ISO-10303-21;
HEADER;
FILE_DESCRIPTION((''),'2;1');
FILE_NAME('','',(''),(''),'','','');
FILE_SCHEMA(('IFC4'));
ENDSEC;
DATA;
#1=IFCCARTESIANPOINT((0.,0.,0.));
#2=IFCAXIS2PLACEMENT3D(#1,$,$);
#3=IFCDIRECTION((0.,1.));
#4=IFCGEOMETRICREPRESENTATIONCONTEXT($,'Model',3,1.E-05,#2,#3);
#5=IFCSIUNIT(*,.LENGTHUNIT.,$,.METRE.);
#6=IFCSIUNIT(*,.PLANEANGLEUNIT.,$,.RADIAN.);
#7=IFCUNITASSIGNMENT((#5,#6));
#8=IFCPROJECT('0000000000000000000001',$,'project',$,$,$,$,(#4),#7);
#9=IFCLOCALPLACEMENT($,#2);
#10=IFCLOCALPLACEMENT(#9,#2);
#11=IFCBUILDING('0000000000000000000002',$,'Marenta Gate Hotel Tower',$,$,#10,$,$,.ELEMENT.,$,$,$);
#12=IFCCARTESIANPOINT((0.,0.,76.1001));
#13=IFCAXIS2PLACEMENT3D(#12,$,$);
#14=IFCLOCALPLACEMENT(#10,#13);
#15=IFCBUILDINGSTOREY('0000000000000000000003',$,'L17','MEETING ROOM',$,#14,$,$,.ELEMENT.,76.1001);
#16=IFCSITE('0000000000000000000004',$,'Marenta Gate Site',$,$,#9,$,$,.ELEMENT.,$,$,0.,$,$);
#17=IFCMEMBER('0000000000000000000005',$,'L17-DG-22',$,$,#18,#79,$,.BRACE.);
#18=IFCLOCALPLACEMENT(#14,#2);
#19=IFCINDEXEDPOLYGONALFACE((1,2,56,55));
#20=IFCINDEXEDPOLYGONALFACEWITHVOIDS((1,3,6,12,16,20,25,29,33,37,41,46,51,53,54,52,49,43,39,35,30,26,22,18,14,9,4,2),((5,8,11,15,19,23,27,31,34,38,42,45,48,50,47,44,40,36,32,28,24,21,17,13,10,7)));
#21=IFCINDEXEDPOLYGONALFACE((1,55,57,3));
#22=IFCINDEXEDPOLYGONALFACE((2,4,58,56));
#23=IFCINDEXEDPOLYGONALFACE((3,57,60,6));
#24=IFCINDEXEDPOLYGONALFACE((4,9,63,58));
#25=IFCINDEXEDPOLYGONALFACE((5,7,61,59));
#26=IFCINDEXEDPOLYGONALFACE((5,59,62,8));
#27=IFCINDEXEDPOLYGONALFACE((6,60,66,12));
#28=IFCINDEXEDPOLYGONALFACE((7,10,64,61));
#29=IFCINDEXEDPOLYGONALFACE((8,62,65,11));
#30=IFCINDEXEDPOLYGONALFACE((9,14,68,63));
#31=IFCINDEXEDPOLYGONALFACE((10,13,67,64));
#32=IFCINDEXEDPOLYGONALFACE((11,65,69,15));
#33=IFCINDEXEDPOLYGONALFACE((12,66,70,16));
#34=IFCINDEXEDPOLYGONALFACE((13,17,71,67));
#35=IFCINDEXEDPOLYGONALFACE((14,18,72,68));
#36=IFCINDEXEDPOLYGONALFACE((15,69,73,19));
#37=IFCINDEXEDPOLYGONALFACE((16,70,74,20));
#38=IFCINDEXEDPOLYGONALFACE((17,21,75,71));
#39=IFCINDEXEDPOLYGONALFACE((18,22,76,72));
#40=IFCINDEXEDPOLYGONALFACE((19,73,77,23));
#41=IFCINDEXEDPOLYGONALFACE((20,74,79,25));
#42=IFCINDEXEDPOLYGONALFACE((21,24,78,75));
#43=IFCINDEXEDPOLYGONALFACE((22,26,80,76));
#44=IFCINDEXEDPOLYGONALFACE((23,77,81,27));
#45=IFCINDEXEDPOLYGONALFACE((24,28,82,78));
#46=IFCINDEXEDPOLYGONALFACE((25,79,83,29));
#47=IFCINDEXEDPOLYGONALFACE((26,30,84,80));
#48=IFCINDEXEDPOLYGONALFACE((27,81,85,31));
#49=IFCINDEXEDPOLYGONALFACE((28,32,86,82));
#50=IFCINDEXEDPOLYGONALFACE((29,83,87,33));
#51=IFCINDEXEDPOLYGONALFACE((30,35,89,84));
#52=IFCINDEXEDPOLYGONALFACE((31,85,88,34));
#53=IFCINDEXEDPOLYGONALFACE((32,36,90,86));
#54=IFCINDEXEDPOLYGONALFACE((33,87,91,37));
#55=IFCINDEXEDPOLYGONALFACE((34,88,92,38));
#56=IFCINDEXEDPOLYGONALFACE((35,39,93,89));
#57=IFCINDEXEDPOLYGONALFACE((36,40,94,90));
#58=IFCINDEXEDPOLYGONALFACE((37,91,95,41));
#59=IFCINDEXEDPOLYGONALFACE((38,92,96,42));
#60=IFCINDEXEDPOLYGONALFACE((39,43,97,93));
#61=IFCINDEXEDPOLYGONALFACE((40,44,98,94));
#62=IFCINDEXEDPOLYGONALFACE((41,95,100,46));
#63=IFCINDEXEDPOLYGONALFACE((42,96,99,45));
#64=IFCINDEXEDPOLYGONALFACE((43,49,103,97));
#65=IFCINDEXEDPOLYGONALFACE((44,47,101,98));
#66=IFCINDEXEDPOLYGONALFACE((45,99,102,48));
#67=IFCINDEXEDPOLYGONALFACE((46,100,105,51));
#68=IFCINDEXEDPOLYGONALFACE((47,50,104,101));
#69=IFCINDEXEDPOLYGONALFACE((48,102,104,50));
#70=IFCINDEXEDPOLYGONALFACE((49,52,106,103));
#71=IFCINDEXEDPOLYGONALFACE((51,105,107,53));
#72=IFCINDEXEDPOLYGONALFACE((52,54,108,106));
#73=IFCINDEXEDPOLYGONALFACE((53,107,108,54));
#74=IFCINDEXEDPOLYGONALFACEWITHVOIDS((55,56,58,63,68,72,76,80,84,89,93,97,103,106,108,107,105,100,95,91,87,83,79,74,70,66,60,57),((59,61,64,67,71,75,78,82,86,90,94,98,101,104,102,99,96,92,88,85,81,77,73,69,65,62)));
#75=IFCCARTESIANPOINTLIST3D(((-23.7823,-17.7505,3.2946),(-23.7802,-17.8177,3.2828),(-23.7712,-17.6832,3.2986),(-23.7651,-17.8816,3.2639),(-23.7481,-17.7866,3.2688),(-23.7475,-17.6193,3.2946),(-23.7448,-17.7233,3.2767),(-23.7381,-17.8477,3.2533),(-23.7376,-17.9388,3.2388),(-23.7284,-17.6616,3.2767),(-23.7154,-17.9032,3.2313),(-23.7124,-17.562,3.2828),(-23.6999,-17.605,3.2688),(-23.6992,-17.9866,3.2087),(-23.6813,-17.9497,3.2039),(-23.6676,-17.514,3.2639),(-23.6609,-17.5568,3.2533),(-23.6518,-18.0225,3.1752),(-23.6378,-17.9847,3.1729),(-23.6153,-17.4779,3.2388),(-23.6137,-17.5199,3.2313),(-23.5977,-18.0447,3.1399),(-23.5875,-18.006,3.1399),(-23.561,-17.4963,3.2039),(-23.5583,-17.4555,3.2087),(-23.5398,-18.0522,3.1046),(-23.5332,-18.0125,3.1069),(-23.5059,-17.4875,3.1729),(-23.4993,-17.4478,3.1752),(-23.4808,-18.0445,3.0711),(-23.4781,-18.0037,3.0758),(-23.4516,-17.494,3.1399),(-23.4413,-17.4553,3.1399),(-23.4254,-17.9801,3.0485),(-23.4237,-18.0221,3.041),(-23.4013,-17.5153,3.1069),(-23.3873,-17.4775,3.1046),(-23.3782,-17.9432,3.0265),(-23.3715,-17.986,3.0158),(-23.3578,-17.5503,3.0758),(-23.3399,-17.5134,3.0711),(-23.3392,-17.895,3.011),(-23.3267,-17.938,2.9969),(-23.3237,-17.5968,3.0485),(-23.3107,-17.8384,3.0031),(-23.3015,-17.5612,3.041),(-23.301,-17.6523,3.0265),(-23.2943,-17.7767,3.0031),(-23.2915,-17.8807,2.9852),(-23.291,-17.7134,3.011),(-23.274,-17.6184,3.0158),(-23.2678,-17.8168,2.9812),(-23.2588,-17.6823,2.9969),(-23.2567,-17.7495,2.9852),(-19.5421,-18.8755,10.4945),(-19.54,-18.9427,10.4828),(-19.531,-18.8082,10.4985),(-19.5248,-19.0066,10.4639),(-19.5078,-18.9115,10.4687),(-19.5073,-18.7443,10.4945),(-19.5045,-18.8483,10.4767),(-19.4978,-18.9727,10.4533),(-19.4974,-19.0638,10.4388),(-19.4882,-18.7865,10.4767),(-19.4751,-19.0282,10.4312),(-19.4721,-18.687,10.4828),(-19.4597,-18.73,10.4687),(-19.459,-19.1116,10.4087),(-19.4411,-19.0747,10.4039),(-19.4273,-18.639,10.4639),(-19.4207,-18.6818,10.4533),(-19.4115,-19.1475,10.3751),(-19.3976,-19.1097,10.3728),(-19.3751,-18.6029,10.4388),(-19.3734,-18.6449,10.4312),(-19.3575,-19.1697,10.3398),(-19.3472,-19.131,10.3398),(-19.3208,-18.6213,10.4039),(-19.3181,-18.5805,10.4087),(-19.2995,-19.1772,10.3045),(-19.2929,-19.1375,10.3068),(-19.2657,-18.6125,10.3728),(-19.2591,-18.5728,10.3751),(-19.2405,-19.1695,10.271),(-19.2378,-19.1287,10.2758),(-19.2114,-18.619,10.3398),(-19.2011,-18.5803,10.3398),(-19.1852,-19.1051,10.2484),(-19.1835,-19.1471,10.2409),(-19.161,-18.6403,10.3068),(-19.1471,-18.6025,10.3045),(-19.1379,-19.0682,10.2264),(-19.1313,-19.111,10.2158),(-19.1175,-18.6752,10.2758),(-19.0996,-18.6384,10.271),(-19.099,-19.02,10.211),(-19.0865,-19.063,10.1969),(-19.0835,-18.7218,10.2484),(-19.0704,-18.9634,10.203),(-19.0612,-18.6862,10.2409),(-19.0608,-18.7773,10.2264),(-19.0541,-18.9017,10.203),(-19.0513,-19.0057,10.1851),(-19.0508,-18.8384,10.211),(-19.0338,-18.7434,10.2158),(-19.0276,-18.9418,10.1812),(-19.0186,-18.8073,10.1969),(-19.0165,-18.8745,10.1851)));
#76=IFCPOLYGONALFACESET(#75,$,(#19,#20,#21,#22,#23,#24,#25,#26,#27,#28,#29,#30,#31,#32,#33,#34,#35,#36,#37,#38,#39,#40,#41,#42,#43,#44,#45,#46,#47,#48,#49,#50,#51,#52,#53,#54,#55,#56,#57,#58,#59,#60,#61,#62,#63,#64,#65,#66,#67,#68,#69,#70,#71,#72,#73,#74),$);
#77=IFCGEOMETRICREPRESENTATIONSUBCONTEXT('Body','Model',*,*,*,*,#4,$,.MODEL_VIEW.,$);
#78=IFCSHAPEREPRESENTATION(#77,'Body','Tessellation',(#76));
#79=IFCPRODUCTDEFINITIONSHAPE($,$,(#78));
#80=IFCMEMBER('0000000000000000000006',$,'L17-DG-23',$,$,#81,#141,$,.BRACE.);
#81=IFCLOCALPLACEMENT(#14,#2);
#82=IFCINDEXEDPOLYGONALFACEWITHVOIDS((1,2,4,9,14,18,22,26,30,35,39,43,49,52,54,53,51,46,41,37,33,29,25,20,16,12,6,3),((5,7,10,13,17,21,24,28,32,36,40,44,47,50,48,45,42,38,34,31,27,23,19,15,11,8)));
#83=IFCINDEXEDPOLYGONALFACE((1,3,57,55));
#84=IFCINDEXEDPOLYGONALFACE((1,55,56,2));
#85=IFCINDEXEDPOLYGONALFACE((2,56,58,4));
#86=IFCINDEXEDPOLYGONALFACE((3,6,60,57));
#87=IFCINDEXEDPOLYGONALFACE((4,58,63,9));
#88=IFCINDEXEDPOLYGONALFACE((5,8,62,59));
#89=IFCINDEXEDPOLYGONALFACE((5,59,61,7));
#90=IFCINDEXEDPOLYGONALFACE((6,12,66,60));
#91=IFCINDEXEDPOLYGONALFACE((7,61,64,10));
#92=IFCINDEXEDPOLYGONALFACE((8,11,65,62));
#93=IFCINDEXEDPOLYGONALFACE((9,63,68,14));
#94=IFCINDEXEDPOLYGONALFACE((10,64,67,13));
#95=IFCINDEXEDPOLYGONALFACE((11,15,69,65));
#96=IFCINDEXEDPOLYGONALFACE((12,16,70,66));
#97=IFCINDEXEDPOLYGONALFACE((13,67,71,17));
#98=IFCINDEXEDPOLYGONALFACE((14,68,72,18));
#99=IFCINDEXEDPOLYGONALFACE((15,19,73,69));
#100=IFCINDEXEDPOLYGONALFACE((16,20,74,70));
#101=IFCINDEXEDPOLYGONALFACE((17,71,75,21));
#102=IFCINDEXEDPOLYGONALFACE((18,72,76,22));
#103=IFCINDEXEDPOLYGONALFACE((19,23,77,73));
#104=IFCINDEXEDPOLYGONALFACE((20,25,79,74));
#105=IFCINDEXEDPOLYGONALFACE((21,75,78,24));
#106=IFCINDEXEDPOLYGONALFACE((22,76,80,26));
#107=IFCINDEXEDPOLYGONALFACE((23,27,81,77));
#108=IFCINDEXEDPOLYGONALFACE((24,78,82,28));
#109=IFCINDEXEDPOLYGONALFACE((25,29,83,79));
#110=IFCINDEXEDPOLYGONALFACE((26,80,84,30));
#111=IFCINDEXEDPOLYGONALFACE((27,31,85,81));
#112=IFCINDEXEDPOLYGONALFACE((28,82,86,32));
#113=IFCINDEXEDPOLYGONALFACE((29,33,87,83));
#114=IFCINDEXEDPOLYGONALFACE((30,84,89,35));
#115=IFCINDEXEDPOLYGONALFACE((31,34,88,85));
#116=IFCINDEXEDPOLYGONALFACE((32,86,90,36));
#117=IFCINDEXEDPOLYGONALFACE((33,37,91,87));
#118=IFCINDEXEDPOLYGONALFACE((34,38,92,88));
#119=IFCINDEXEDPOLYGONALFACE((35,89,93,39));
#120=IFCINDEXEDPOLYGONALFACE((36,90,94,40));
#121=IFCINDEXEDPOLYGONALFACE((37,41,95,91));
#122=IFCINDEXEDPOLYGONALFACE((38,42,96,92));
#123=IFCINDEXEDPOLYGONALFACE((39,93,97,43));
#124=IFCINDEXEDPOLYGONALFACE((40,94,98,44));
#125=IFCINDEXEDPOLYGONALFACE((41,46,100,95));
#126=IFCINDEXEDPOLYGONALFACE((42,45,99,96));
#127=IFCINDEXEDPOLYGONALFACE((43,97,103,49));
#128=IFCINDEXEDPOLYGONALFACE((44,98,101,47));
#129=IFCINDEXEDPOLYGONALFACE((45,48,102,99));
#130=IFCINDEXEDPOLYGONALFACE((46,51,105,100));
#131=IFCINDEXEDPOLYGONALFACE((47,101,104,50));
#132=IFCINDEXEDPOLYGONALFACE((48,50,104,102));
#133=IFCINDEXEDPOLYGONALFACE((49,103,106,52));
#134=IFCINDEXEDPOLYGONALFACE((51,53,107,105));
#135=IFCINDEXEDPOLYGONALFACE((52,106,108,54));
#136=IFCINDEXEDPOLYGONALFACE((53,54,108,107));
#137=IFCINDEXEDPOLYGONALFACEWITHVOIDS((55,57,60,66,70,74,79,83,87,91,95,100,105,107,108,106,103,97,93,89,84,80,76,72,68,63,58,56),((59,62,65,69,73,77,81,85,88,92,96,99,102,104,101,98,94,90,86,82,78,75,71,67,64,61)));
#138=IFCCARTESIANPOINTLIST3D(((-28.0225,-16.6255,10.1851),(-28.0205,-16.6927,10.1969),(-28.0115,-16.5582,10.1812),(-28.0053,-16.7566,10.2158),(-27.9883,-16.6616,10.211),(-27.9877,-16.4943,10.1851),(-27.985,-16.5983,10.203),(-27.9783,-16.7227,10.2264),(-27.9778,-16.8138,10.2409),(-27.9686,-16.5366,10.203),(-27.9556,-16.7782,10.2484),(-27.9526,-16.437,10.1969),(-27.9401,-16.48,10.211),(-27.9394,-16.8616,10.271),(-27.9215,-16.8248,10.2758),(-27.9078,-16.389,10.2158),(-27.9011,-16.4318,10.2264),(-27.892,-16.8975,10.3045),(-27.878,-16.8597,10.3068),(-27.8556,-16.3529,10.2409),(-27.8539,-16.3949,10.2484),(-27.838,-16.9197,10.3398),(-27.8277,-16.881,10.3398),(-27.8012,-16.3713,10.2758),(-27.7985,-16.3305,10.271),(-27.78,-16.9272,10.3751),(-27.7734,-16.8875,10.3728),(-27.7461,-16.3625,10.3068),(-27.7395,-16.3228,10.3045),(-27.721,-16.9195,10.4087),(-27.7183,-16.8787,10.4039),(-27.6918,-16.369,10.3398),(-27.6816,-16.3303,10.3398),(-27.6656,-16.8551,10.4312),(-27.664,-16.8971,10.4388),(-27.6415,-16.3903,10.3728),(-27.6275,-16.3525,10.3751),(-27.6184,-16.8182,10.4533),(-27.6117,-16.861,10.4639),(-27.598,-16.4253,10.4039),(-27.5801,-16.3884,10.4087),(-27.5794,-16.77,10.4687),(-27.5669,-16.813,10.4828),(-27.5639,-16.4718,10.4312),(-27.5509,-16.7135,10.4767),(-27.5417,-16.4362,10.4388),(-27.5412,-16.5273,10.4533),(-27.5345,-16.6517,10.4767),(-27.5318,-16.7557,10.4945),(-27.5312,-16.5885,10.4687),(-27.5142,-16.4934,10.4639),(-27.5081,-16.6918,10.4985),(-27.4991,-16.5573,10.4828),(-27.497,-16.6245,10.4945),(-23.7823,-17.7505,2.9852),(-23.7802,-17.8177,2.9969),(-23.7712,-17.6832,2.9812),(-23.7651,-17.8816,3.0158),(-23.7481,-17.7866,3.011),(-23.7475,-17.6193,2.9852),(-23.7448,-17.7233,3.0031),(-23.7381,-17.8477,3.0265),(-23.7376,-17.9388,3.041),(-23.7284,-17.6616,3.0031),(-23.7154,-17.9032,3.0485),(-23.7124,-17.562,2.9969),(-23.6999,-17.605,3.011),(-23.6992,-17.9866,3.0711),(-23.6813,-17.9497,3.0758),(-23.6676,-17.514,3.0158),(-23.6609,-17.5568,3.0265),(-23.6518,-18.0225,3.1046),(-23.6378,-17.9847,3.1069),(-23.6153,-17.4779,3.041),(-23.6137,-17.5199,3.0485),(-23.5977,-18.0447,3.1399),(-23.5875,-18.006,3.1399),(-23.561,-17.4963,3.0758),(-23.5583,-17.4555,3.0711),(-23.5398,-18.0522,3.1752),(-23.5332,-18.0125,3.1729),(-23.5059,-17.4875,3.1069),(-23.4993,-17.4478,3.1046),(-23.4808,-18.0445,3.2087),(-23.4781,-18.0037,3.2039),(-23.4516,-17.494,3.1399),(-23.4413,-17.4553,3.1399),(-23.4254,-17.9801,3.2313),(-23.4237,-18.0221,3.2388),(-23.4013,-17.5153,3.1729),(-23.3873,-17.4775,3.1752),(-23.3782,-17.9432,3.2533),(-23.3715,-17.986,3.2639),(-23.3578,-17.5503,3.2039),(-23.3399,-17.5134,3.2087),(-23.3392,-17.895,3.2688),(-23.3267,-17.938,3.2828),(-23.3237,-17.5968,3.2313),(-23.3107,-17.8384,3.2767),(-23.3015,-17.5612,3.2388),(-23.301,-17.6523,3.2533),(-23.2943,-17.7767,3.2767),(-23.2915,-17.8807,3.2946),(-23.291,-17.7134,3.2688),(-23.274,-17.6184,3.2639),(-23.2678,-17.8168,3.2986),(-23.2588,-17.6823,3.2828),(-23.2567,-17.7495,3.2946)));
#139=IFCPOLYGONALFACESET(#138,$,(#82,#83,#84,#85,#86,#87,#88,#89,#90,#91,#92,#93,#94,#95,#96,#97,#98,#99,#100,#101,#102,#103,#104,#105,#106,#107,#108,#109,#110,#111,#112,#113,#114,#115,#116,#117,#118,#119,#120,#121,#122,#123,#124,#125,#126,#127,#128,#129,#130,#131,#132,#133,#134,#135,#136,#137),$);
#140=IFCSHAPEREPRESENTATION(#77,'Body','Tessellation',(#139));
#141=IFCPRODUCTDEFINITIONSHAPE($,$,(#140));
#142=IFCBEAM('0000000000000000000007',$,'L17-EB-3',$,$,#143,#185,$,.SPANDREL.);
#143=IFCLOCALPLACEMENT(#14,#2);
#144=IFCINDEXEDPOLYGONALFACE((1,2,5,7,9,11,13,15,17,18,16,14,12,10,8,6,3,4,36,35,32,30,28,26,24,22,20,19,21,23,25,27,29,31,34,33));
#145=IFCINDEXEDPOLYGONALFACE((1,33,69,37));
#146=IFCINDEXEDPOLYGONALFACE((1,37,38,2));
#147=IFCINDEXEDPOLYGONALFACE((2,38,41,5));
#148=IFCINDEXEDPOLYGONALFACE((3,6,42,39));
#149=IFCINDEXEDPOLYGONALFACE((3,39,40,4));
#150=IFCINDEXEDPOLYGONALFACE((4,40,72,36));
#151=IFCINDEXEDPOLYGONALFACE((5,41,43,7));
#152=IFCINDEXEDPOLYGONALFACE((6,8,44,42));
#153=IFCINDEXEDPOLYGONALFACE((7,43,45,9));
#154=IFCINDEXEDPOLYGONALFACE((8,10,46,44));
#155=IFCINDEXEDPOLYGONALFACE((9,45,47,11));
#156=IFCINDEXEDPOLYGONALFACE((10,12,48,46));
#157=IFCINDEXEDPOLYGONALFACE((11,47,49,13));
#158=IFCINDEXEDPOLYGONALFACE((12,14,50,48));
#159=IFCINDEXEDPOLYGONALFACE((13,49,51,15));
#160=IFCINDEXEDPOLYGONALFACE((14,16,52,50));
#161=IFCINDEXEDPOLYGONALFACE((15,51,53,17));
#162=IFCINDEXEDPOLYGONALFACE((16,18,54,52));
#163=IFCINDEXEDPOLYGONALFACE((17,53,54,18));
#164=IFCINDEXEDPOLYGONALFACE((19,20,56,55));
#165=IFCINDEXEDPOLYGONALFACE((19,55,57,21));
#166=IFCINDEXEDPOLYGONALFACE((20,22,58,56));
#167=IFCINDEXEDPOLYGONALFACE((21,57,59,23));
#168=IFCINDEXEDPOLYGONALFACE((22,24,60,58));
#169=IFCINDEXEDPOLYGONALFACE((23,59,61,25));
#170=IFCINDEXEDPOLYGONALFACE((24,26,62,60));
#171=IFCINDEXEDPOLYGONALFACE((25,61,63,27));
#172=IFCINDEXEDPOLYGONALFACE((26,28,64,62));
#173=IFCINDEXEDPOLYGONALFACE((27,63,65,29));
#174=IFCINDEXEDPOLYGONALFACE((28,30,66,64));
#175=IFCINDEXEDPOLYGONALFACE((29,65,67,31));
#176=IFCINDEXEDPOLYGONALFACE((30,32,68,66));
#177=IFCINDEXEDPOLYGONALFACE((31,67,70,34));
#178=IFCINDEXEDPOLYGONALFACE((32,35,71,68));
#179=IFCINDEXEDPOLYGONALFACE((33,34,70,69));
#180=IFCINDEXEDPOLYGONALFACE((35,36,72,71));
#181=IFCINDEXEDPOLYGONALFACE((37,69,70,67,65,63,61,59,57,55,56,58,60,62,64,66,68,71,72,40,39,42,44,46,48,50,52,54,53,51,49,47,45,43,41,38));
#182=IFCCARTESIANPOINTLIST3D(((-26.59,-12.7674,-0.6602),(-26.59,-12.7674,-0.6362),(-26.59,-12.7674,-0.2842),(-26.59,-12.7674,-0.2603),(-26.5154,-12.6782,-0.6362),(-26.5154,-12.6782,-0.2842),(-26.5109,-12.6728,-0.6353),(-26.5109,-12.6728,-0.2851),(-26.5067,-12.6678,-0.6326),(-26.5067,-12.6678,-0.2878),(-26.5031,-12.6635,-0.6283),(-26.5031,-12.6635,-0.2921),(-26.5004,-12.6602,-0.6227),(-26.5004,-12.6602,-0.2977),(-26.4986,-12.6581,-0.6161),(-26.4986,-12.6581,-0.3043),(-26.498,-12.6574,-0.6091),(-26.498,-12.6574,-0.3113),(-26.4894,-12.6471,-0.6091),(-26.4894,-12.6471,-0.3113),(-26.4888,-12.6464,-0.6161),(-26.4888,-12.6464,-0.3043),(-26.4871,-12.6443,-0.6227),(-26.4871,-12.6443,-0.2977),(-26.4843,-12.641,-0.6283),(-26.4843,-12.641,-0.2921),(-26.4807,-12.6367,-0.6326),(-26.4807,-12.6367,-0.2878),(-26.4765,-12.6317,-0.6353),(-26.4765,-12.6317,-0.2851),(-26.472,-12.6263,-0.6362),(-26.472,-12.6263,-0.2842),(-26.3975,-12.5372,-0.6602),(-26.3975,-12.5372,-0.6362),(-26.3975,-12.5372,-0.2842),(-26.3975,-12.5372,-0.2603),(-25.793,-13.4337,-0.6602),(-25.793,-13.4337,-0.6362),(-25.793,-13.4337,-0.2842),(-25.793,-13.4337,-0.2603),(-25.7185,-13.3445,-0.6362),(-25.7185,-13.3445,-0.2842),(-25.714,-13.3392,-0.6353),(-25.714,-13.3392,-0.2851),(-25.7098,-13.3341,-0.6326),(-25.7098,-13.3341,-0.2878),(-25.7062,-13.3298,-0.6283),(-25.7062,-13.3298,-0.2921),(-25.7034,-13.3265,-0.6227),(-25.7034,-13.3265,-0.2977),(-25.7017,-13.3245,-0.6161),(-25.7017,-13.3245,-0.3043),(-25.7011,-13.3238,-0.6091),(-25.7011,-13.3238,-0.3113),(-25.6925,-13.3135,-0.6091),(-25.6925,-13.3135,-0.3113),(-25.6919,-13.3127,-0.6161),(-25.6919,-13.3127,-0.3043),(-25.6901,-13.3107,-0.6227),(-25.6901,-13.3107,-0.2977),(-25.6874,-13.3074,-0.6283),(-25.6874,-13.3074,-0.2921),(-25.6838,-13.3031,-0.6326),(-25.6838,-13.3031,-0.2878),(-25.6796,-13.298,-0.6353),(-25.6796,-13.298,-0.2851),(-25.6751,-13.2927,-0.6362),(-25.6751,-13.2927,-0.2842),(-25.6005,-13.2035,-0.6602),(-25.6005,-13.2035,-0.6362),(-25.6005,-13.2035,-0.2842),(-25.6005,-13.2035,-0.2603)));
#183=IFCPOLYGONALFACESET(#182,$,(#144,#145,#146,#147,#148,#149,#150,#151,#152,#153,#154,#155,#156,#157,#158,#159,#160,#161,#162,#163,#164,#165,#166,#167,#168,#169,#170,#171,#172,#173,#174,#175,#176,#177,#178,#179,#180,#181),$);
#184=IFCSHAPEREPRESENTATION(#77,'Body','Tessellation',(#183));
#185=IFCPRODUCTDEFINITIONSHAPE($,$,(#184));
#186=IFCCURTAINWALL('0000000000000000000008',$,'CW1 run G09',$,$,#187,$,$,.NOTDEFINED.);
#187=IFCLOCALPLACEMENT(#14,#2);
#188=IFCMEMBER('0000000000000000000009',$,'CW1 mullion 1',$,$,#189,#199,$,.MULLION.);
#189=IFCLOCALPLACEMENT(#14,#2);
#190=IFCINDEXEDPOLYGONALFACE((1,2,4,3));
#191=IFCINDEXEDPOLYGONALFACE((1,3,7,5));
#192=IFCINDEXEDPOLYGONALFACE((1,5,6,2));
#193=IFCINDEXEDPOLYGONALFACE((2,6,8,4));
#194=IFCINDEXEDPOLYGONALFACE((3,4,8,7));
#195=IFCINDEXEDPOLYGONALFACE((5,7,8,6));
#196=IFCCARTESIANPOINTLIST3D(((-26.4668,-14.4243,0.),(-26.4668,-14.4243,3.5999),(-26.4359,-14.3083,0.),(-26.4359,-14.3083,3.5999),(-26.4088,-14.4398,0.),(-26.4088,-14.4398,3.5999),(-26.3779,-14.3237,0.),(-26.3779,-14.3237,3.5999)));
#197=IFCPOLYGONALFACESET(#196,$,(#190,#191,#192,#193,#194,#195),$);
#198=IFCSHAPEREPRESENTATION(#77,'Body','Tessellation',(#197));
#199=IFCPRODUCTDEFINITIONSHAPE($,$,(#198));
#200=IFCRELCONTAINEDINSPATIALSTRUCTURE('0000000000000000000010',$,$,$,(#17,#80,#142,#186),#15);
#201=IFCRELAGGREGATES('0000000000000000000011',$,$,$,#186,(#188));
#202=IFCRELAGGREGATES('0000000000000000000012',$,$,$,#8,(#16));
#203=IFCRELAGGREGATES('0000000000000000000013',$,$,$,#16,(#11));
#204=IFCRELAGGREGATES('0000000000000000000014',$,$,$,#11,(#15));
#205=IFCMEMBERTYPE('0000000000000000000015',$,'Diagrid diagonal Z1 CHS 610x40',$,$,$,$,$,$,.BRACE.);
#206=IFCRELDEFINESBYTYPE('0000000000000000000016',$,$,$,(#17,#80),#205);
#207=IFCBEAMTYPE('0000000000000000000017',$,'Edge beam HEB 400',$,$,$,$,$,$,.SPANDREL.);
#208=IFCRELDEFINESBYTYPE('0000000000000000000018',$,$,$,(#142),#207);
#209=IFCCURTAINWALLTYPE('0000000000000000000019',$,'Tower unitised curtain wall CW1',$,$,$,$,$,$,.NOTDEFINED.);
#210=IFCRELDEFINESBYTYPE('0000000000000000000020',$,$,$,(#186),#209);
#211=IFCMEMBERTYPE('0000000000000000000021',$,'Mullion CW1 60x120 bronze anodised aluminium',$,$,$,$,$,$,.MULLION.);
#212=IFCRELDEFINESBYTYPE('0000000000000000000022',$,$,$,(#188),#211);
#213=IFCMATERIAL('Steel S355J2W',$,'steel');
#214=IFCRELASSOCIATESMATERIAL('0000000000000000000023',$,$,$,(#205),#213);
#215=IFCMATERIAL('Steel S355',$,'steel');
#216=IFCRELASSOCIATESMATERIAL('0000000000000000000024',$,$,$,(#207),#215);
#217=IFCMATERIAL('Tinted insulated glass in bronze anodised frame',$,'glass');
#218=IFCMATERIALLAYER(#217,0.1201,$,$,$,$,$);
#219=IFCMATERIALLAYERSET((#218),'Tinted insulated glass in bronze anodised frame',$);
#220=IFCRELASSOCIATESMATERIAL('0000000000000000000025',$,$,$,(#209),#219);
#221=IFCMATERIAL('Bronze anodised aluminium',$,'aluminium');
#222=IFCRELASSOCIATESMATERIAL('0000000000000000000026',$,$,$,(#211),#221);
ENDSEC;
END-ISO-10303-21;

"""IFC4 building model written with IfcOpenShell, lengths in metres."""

from ifc_helpers import new_model, si_unit, direction, frame, origin, origin_2d, place, context, subcontext, project, spatial, rectangle, hollow_circle, i_section, extrude, material, layer, layer_set, material_profile, profile_set, type_object, element, aggregate, save


model = new_model("IFC4")

# Units and contexts
model_context = context("Model", 3, precision=1e-05, world=origin(), true_north=direction((0.0, 1.0)))
body_context = subcontext(model_context, "Body", "Model", "MODEL_VIEW")
ifc_project = project(units=[si_unit("LENGTHUNIT", "METRE"), si_unit("PLANEANGLEUNIT", "RADIAN")], contexts=[model_context])

# Site, building, storey
site_placement = place(None, origin())
site = spatial("IfcSite", under=ifc_project, at=site_placement, Name="Marenta Gate Site", CompositionType="ELEMENT", RefElevation=0.0)
building_placement = place(site_placement, origin())
building = spatial("IfcBuilding", under=site, at=building_placement, Name="Marenta Gate Hotel Tower", CompositionType="ELEMENT")
storey_placement = place(building_placement, frame((0.0, 0.0, 76.1001)))
storey = spatial("IfcBuildingStorey", under=building, at=storey_placement, Name="L17", Description="MEETING ROOM", CompositionType="ELEMENT", Elevation=76.1001)

# Members
ifc_material_1 = material(Name="Steel S355J2W", Category="steel")
ifc_material_profile_1 = material_profile(ifc_material_1, hollow_circle(Radius=0.3049, WallThickness=0.04, at=origin_2d()), Name="CHS 610x40")
ifc_profile_set_1 = profile_set([ifc_material_profile_1], Name="Steel S355J2W")
member_type_1 = type_object("IfcMemberType", Name="Diagrid diagonal Z1 CHS 610x40", PredefinedType="BRACE", material=ifc_profile_set_1)
for number, where, z_axis, x_axis, name in (
    (1, (-23.5195, -17.75, 3.1399), (0.502924, -0.133434, 0.853969), (0.256443, 0.966559, 0.0), "L17-DG-22"),
    (2, (-23.5195, -17.75, 3.1399), (-0.502924, 0.133434, 0.853969), (-0.256443, -0.966559, 0.0), "L17-DG-23"),
):
    element("IfcMember", number, at=place(storey_placement, frame(where, z_axis=z_axis, x_axis=x_axis)), inside=storey, type_object=member_type_1, Name=name, PredefinedType="BRACE", context=body_context, shape_type="SweptSolid", body=[
        extrude(hollow_circle(Radius=0.3049, WallThickness=0.04, at=origin_2d()), origin(), (0.0, 0.0, 1.0), 8.4312),
    ])

# Beam
ifc_material_2 = material(Name="Steel S355", Category="steel")
ifc_material_profile_2 = material_profile(ifc_material_2, i_section(OverallWidth=0.3, OverallDepth=0.3999, WebThickness=0.0134, FlangeThickness=0.0239, FilletRadius=0.0271, at=origin_2d()), Name="HEB 400")
ifc_profile_set_2 = profile_set([ifc_material_profile_2], Name="Steel S355")
beam_type = type_object("IfcBeamType", Name="Edge beam HEB 400", PredefinedType="SPANDREL", material=ifc_profile_set_2)
beam_placement = place(storey_placement, frame((-25.6968, -13.3186, -0.4602), z_axis=(-0.76718, 0.641432, 0.0), x_axis=(-0.641432, -0.76718, 0.0)))
element("IfcBeam", 3, at=beam_placement, inside=storey, type_object=beam_type, Name="L17-EB-3", PredefinedType="SPANDREL", context=body_context, shape_type="SweptSolid", body=[
    extrude(i_section(OverallWidth=0.3, OverallDepth=0.3999, WebThickness=0.0134, FlangeThickness=0.0239, FilletRadius=0.0271, at=origin_2d()), origin(), (0.0, 0.0, 1.0), 1.0388),
])

# Curtain wall, member
ifc_material_3 = material(Name="Tinted insulated glass in bronze anodised frame", Category="glass")
ifc_layer_1 = layer(ifc_material_3, 0.1201)
ifc_layer_set_1 = layer_set([ifc_layer_1], Name="Tinted insulated glass in bronze anodised frame")
curtain_wall_type = type_object("IfcCurtainWallType", Name="Tower unitised curtain wall CW1", PredefinedType="NOTDEFINED", material=ifc_layer_set_1)
curtain_wall_placement = place(storey_placement, origin())
curtain_wall = element("IfcCurtainWall", 4, at=curtain_wall_placement, inside=storey, type_object=curtain_wall_type, Name="CW1 run G09", PredefinedType="NOTDEFINED")
ifc_material_4 = material(Name="Bronze anodised aluminium", Category="aluminium")
ifc_material_profile_3 = material_profile(ifc_material_4, rectangle(XDim=0.1201, YDim=0.0601, at=origin_2d()), Name="Mullion CW1 60x120 bronze anodised aluminium")
ifc_profile_set_3 = profile_set([ifc_material_profile_3], Name="Bronze anodised aluminium")
member_type_2 = type_object("IfcMemberType", Name="Mullion CW1 60x120 bronze anodised aluminium", PredefinedType="MULLION", material=ifc_profile_set_3)
member_1_placement = place(storey_placement, frame((-26.4224, -14.374, 0.0), z_axis=(0.0, 0.0, 1.0), x_axis=(0.257142, 0.966374, 0.0)))
member_1 = element("IfcMember", 5, at=member_1_placement, type_object=member_type_2, Name="CW1 mullion 1", PredefinedType="MULLION", context=body_context, shape_type="SweptSolid", body=[
    extrude(rectangle(XDim=0.1201, YDim=0.0601, at=origin_2d()), origin(), (0.0, 0.0, 1.0), 3.5999),
])
aggregate(curtain_wall, [member_1])

save(model, "model.ifc")
